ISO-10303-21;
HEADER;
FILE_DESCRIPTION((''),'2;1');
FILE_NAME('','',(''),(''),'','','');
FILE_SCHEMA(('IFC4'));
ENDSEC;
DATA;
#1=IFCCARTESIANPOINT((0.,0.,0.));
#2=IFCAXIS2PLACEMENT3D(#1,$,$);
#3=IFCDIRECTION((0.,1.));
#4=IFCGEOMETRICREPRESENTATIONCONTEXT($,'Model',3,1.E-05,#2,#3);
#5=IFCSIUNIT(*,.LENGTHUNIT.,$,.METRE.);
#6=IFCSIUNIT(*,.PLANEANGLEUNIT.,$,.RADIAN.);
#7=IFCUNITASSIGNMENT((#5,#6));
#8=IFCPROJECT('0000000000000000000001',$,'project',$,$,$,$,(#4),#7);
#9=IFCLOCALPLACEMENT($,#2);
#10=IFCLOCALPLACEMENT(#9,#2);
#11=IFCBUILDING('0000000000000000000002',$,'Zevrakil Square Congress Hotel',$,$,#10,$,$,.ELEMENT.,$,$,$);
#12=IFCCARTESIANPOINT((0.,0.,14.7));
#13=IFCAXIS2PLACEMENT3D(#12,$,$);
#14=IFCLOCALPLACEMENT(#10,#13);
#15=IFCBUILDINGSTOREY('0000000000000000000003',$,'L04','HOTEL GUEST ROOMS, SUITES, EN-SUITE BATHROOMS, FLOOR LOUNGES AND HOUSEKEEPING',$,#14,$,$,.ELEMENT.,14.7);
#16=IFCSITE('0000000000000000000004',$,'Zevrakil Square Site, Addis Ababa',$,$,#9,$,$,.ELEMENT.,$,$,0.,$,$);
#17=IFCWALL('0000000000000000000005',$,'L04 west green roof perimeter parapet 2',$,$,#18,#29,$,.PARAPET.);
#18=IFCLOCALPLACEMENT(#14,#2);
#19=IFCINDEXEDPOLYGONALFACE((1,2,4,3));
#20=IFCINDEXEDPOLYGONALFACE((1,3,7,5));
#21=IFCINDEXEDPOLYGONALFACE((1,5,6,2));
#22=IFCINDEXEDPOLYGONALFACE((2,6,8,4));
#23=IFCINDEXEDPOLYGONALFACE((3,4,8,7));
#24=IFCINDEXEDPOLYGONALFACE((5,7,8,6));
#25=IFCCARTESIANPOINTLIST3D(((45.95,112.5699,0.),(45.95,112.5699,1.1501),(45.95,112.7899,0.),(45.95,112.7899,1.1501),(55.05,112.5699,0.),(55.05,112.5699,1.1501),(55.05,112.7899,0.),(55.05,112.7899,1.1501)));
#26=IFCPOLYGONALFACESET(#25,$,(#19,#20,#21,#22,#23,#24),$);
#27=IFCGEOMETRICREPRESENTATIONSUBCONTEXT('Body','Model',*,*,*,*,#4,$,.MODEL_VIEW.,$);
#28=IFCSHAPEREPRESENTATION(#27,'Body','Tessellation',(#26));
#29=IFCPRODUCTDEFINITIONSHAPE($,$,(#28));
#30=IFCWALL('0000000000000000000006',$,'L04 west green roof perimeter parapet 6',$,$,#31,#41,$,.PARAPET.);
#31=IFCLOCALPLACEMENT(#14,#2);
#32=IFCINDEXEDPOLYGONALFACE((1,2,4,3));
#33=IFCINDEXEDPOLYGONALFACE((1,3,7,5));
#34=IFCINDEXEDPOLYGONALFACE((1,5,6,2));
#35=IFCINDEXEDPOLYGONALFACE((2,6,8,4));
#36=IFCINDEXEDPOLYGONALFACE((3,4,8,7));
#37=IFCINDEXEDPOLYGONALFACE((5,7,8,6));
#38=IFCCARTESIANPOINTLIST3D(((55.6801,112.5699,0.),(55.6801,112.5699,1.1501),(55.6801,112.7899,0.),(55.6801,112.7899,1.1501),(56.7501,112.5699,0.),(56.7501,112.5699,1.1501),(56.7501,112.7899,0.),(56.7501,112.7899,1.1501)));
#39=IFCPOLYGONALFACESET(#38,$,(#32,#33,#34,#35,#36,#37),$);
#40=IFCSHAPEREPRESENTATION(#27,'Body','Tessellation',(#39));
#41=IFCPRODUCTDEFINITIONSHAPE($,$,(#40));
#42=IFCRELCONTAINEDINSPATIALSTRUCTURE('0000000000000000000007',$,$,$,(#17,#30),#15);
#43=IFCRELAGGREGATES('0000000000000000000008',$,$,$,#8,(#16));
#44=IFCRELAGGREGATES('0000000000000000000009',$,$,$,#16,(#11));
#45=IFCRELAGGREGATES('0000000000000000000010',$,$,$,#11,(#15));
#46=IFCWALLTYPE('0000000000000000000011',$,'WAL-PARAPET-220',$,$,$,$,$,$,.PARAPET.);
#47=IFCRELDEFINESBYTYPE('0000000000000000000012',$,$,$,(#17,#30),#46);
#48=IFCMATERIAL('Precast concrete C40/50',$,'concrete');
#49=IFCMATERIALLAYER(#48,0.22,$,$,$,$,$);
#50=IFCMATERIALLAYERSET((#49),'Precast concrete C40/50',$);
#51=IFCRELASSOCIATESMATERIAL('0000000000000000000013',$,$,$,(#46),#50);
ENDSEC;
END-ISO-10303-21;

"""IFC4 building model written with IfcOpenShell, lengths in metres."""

from ifc_helpers import new_model, si_unit, direction, frame, frame_2d, origin, place, context, subcontext, project, spatial, rectangle, extrude, material, layer, layer_set, type_object, element, save


model = new_model("IFC4")

# Units and contexts
model_context = context("Model", 3, precision=1e-05, world=origin(), true_north=direction((0.0, 1.0)))
body_context = subcontext(model_context, "Body", "Model", "MODEL_VIEW")
ifc_project = project(units=[si_unit("LENGTHUNIT", "METRE"), si_unit("PLANEANGLEUNIT", "RADIAN")], contexts=[model_context])

# Site, building, storey
site_placement = place(None, origin())
site = spatial("IfcSite", under=ifc_project, at=site_placement, Name="Zevrakil Square Site, Addis Ababa", CompositionType="ELEMENT", RefElevation=0.0)
building_placement = place(site_placement, origin())
building = spatial("IfcBuilding", under=site, at=building_placement, Name="Zevrakil Square Congress Hotel", CompositionType="ELEMENT")
storey_placement = place(building_placement, frame((0.0, 0.0, 14.7)))
storey = spatial("IfcBuildingStorey", under=building, at=storey_placement, Name="L04", Description="HOTEL GUEST ROOMS, SUITES, EN-SUITE BATHROOMS, FLOOR LOUNGES AND HOUSEKEEPING", CompositionType="ELEMENT", Elevation=14.7)

# Walls
ifc_material_1 = material(Name="Precast concrete C40/50", Category="concrete")
ifc_layer = layer(ifc_material_1, 0.22)
ifc_layer_set = layer_set([ifc_layer], Name="Precast concrete C40/50")
wall_type = type_object("IfcWallType", Name="WAL-PARAPET-220", PredefinedType="PARAPET", material=ifc_layer_set)
wall_1_placement = place(storey_placement, frame((45.95, 112.6799, 0.0), z_axis=(0.0, 0.0, 1.0), x_axis=(1.0, 0.0, 0.0)))
element("IfcWall", 1, at=wall_1_placement, inside=storey, type_object=wall_type, Name="L04 west green roof perimeter parapet 2", PredefinedType="PARAPET", context=body_context, shape_type="SweptSolid", body=[
    extrude(rectangle(XDim=9.1001, YDim=0.22, at=frame_2d((4.55, 0.0))), origin(), (0.0, 0.0, 1.0), 1.1501),
])
wall_2_placement = place(storey_placement, frame((55.6799, 112.6799, 0.0), z_axis=(0.0, 0.0, 1.0), x_axis=(1.0, 0.0, 0.0)))
element("IfcWall", 2, at=wall_2_placement, inside=storey, type_object=wall_type, Name="L04 west green roof perimeter parapet 6", PredefinedType="PARAPET", context=body_context, shape_type="SweptSolid", body=[
    extrude(rectangle(XDim=1.0701, YDim=0.22, at=frame_2d((0.5352, 0.0))), origin(), (0.0, 0.0, 1.0), 1.1501),
])

save(model, "model.ifc")
